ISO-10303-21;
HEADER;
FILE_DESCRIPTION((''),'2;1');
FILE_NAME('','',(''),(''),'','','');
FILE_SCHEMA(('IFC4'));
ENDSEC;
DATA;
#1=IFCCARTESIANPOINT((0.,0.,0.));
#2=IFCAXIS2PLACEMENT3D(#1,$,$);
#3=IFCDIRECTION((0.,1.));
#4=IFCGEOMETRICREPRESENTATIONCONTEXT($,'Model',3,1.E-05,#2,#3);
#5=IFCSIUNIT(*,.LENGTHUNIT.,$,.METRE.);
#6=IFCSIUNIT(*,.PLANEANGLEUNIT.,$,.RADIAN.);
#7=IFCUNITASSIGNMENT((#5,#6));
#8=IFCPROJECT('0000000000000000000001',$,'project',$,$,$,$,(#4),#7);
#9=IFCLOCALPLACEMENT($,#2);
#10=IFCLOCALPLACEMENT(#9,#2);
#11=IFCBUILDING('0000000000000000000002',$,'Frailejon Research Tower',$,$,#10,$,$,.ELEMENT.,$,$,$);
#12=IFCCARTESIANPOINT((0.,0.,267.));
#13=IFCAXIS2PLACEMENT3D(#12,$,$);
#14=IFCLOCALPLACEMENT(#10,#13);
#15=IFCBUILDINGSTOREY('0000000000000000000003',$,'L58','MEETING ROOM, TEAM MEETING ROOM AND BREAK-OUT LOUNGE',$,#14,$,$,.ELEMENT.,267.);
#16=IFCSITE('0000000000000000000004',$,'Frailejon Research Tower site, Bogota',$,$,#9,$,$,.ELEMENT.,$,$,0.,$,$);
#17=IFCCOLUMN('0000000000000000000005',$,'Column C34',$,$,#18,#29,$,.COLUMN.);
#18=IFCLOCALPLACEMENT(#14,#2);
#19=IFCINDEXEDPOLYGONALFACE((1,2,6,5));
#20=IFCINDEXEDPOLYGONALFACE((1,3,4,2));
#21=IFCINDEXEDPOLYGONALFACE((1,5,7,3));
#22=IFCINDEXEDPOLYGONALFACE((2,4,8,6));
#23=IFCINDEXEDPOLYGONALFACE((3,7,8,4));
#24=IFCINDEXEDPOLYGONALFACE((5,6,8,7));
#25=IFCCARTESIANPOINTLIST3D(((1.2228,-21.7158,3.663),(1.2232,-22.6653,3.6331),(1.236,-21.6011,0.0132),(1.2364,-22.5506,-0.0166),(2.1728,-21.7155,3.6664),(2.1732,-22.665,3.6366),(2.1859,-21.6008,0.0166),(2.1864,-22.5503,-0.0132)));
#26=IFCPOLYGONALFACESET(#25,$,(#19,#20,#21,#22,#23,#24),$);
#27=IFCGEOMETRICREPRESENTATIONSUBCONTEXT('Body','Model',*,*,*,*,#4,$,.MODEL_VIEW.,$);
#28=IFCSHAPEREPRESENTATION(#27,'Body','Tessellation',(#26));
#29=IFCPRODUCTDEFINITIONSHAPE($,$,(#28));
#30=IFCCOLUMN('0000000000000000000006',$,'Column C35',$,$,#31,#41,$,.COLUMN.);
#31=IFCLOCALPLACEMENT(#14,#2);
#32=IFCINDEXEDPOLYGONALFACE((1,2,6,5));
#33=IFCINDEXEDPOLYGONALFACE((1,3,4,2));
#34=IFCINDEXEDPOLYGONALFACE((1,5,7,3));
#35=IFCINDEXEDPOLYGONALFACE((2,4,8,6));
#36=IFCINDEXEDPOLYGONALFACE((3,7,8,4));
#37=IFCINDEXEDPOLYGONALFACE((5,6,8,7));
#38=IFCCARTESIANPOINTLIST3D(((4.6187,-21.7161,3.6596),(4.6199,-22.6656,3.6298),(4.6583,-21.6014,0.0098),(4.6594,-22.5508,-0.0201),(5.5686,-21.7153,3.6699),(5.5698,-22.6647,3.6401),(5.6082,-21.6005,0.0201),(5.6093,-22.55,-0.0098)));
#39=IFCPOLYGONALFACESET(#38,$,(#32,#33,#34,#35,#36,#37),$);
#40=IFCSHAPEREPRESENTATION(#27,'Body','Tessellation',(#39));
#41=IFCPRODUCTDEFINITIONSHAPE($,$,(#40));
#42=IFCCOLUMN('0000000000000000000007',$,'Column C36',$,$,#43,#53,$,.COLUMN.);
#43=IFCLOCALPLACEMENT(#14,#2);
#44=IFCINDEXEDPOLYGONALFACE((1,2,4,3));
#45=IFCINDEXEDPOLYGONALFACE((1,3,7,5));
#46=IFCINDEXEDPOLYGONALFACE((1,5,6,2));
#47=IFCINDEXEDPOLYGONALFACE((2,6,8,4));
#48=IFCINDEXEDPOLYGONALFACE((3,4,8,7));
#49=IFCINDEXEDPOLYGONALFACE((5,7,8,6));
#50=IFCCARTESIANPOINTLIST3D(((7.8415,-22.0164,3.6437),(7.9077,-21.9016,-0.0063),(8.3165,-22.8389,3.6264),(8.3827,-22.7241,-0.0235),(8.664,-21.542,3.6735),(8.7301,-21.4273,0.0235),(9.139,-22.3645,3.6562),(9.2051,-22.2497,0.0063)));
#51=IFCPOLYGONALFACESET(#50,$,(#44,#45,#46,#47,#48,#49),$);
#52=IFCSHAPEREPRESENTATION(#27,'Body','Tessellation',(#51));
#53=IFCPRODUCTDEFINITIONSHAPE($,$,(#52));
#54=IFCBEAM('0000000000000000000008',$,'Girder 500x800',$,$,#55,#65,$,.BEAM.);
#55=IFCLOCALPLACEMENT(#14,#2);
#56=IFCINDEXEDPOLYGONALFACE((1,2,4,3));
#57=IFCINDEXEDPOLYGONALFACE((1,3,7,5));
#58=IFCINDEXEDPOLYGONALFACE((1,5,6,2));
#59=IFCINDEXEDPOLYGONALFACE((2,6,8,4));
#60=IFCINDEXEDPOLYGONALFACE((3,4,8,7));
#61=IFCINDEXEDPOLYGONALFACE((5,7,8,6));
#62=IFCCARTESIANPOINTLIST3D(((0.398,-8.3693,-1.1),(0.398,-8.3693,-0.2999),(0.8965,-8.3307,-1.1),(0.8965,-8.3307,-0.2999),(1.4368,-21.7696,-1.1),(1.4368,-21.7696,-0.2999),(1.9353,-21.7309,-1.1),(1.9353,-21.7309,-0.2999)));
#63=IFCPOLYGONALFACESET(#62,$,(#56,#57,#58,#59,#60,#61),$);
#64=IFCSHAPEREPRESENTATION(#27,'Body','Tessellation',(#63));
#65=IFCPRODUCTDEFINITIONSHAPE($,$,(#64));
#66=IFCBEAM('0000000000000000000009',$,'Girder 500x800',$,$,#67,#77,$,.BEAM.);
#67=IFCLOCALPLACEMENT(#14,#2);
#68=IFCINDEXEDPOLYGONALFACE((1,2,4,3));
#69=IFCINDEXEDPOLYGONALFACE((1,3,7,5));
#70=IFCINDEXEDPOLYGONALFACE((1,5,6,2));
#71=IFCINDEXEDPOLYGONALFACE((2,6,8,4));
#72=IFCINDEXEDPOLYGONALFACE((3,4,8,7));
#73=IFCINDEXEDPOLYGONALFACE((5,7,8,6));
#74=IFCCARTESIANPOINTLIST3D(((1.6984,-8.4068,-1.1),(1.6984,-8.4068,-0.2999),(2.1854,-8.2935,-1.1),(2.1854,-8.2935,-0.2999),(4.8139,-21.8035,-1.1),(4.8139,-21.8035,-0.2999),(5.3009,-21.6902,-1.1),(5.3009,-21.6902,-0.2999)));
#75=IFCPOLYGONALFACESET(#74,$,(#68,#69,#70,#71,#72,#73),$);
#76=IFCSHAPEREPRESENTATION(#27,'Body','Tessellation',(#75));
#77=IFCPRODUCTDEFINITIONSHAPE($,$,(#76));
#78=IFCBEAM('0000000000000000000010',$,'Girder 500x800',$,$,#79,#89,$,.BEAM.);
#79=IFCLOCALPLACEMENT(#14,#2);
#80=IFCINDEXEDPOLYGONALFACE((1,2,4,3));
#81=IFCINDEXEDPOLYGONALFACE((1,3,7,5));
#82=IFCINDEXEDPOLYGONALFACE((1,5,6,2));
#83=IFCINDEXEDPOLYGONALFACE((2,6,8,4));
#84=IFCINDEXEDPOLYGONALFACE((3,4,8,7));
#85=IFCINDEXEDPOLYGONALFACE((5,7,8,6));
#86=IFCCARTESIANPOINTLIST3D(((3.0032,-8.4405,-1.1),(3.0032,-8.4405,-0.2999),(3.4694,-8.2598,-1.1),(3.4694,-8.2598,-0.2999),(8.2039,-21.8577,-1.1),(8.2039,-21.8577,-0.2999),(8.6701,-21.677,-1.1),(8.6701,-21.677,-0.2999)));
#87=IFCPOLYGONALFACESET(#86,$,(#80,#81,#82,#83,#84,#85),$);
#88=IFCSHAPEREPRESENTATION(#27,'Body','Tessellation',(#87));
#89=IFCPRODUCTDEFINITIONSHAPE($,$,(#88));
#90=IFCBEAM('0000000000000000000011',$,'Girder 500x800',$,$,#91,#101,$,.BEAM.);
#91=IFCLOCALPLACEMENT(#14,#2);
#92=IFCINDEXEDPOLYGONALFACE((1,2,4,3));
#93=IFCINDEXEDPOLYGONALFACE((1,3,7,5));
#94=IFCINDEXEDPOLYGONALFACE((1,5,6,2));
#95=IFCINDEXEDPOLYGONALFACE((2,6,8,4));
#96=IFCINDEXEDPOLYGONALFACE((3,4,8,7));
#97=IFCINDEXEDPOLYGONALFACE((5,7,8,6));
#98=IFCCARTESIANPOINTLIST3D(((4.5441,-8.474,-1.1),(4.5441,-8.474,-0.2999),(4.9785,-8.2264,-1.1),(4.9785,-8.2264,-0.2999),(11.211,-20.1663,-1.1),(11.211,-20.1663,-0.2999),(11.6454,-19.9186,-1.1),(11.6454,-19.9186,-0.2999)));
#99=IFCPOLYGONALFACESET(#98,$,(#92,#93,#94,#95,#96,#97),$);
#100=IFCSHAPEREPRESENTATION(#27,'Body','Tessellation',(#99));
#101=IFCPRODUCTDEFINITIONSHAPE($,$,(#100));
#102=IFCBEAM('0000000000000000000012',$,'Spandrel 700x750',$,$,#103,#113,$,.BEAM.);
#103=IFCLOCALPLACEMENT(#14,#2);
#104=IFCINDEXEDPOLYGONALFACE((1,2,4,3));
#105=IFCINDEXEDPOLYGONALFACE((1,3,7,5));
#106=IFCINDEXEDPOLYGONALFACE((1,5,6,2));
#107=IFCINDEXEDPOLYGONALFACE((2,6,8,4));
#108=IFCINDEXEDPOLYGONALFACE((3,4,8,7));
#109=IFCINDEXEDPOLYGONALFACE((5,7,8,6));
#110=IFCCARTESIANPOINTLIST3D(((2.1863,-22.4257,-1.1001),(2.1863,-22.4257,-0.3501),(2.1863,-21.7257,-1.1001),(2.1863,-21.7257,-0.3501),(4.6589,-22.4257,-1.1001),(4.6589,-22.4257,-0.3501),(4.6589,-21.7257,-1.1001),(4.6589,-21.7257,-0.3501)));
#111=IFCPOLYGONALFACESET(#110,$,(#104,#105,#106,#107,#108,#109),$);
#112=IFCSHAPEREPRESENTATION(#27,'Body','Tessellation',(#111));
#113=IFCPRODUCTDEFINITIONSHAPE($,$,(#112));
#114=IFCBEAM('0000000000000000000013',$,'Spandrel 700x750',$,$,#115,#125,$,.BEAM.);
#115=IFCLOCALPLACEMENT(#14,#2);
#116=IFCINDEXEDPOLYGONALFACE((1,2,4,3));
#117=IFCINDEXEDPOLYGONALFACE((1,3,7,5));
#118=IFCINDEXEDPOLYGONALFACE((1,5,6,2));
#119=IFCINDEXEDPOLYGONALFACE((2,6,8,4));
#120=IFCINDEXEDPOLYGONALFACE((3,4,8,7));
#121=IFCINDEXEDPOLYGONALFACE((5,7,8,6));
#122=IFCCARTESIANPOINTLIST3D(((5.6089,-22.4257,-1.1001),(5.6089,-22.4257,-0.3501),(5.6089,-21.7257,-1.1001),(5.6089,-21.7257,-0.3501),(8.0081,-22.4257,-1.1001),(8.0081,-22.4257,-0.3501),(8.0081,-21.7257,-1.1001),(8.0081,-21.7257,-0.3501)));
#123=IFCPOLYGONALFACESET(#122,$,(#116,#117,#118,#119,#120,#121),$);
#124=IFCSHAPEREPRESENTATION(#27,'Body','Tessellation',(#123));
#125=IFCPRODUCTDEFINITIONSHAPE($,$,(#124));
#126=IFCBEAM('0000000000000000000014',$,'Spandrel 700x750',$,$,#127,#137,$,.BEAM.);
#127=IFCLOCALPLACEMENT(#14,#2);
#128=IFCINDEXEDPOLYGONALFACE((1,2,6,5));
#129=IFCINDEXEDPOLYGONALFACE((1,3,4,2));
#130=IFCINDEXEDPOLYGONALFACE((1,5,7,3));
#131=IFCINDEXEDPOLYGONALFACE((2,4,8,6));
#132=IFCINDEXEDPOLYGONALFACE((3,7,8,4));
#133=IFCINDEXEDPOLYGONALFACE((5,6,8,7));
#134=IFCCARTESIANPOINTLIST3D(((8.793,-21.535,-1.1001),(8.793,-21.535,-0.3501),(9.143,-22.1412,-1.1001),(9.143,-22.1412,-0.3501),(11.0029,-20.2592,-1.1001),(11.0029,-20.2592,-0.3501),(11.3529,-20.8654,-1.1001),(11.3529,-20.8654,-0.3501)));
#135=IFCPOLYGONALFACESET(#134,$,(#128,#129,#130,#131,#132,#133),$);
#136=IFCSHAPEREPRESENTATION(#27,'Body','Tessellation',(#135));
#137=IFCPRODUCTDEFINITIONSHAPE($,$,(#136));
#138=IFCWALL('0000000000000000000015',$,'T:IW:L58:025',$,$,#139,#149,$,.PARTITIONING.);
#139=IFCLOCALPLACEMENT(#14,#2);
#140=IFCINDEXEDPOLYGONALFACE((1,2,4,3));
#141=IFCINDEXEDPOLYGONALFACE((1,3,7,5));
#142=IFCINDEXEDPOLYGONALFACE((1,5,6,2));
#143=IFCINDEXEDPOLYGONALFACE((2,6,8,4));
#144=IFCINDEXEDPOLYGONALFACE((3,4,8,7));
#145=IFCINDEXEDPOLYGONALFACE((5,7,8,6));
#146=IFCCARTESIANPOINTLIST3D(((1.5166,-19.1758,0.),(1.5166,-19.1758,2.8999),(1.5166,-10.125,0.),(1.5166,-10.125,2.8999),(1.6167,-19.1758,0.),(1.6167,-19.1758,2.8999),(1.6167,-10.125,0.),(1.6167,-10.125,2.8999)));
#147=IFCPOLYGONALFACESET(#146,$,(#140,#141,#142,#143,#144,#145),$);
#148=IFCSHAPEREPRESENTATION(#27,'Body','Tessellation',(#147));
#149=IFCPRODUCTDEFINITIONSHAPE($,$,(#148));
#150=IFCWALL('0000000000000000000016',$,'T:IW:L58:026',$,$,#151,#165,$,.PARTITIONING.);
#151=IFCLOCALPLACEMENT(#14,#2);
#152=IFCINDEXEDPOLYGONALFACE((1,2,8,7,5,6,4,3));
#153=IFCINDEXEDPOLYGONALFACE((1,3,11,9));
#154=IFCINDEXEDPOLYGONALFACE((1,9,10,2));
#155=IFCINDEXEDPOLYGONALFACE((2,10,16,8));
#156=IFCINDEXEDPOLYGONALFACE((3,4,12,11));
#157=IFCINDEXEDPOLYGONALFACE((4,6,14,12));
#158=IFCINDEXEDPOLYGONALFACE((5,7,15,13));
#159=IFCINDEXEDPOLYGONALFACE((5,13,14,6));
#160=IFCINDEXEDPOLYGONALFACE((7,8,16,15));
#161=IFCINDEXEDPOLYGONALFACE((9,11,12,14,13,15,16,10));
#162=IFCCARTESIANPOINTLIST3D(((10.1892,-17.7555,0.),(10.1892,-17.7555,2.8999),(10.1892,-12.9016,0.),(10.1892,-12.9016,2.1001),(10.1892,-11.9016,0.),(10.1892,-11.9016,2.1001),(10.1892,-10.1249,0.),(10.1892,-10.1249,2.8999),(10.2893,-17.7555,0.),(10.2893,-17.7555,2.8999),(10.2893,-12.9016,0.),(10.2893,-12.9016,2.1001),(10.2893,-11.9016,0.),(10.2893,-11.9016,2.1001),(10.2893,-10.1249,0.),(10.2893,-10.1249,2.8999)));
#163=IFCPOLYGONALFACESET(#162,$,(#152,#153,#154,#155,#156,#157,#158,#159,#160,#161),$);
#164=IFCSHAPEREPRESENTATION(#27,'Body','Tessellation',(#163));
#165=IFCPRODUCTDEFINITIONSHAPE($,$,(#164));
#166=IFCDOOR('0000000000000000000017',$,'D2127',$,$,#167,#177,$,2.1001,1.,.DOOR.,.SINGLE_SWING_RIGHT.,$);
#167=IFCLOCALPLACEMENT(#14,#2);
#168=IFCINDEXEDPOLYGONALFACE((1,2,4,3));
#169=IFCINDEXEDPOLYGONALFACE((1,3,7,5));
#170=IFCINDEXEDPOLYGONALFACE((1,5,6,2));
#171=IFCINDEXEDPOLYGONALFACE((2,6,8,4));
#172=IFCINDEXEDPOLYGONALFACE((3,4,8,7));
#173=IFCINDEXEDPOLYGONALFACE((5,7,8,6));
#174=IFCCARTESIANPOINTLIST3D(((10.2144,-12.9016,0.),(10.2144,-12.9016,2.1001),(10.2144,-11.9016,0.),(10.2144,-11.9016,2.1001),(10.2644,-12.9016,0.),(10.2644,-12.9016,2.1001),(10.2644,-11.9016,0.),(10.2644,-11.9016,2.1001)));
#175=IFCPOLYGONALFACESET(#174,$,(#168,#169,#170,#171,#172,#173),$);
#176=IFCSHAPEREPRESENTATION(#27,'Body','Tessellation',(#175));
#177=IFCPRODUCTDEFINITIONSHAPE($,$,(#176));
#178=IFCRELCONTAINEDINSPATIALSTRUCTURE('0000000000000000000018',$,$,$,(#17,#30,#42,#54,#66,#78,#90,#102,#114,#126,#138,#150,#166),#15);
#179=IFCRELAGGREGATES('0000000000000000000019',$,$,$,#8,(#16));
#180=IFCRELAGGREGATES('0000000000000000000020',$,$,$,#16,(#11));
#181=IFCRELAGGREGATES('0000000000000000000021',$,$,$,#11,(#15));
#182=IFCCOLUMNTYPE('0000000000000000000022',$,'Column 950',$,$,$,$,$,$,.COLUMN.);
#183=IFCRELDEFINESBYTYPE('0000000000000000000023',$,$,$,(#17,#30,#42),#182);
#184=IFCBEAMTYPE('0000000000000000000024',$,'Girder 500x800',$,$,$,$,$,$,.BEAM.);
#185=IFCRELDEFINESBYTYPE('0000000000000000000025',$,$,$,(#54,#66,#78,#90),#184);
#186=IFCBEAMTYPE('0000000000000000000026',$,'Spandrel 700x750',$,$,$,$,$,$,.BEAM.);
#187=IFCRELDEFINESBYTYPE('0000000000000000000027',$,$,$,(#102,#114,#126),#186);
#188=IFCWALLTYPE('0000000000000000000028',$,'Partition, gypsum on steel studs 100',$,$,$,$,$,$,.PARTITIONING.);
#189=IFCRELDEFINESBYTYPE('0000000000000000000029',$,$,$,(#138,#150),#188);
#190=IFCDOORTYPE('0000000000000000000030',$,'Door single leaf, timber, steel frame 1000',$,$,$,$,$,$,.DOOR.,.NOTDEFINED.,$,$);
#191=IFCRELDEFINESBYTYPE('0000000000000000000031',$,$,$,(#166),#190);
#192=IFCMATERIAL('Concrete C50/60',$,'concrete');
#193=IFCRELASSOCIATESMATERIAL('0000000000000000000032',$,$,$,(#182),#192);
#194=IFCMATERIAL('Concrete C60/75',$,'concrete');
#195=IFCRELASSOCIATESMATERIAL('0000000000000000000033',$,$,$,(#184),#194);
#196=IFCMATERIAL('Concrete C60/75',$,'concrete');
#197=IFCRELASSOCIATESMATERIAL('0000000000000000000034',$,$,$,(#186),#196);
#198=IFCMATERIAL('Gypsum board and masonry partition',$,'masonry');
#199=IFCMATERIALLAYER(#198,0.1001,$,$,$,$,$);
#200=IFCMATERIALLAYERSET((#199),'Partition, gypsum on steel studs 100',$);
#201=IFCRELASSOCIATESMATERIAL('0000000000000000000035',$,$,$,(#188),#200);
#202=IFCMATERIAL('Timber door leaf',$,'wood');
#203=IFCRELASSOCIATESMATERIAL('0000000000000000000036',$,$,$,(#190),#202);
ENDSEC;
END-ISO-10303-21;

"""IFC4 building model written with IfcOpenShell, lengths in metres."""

from ifc_helpers import new_model, si_unit, direction, frame, frame_2d, origin, origin_2d, place, context, subcontext, project, spatial, rectangle, extrude, material, layer, layer_set, material_profile, profile_set, type_object, element, fill, save


model = new_model("IFC4")

# Units and contexts
model_context = context("Model", 3, precision=1e-05, world=origin(), true_north=direction((0.0, 1.0)))
body_context = subcontext(model_context, "Body", "Model", "MODEL_VIEW")
ifc_project = project(units=[si_unit("LENGTHUNIT", "METRE"), si_unit("PLANEANGLEUNIT", "RADIAN")], contexts=[model_context])

# Site, building, storey
site_placement = place(None, origin())
site = spatial("IfcSite", under=ifc_project, at=site_placement, Name="Frailejon Research Tower site, Bogota", CompositionType="ELEMENT", RefElevation=0.0)
building_placement = place(site_placement, origin())
building = spatial("IfcBuilding", under=site, at=building_placement, Name="Frailejon Research Tower", CompositionType="ELEMENT")
storey_placement = place(building_placement, frame((0.0, 0.0, 267.0)))
storey = spatial("IfcBuildingStorey", under=building, at=storey_placement, Name="L58", Description="MEETING ROOM, TEAM MEETING ROOM AND BREAK-OUT LOUNGE", CompositionType="ELEMENT", Elevation=267.0)

# Columns
ifc_material_1 = material(Name="Concrete C50/60", Category="concrete")
ifc_material_profile_1 = material_profile(ifc_material_1, rectangle(XDim=0.95, YDim=0.95, at=origin_2d()), Name="Column 950")
ifc_profile_set_1 = profile_set([ifc_material_profile_1], Name="Concrete C50/60")
column_type = type_object("IfcColumnType", Name="Column 950", PredefinedType="COLUMN", material=ifc_profile_set_1)
column_1_placement = place(storey_placement, frame((1.7112, -22.0757, 0.0), z_axis=(-0.00361, -0.031422, 0.9995), x_axis=(0.999993, 0.000341, 0.003623)))
element("IfcColumn", 1, at=column_1_placement, inside=storey, type_object=column_type, Name="Column C34", PredefinedType="COLUMN", context=body_context, shape_type="SweptSolid", body=[
    extrude(rectangle(XDim=0.95, YDim=0.95, at=origin_2d()), origin(), (0.0, 0.0, 1.0), 3.6516),
])
column_2_placement = place(storey_placement, frame((5.1338, -22.0757, 0.0), z_axis=(-0.01083, -0.031421, 0.999448), x_axis=(0.999941, 0.000892, 0.010864)))
element("IfcColumn", 2, at=column_2_placement, inside=storey, type_object=column_type, Name="Column C35", PredefinedType="COLUMN", context=body_context, shape_type="SweptSolid", body=[
    extrude(rectangle(XDim=0.95, YDim=0.95, at=origin_2d()), origin(), (0.0, 0.0, 1.0), 3.6519),
])
column_3_placement = place(storey_placement, frame((8.5564, -22.0757, 0.0), z_axis=(-0.018115, -0.031417, 0.999342), x_axis=(0.865818, 0.499373, 0.031394)))
element("IfcColumn", 3, at=column_3_placement, inside=storey, type_object=column_type, Name="Column C36", PredefinedType="COLUMN", context=body_context, shape_type="SweptSolid", body=[
    extrude(rectangle(XDim=0.95, YDim=0.95, at=origin_2d()), origin(), (0.0, 0.0, 1.0), 3.6523),
])

# Beams
ifc_material_2 = material(Name="Concrete C60/75", Category="concrete")
ifc_material_profile_2 = material_profile(ifc_material_2, rectangle(XDim=0.5, YDim=0.8, at=origin_2d()), Name="Girder 500x800")
ifc_profile_set_2 = profile_set([ifc_material_profile_2], Name="Concrete C60/75")
beam_type_1 = type_object("IfcBeamType", Name="Girder 500x800", PredefinedType="BEAM", material=ifc_profile_set_2)
beam_1_placement = place(storey_placement, frame((1.686, -21.7502, -0.7), z_axis=(-0.077291, 0.997009, 0.0), x_axis=(-0.997009, -0.077291, 0.0)))
element("IfcBeam", 4, at=beam_1_placement, inside=storey, type_object=beam_type_1, Name="Girder 500x800", PredefinedType="BEAM", context=body_context, shape_type="SweptSolid", body=[
    extrude(rectangle(XDim=0.5, YDim=0.8, at=origin_2d()), origin(), (0.0, 0.0, 1.0), 13.4404),
])
beam_2_placement = place(storey_placement, frame((5.0574, -21.7468, -0.7), z_axis=(-0.226511, 0.974009, 0.0), x_axis=(-0.974009, -0.226511, 0.0)))
element("IfcBeam", 5, at=beam_2_placement, inside=storey, type_object=beam_type_1, Name="Girder 500x800", PredefinedType="BEAM", context=body_context, shape_type="SweptSolid", body=[
    extrude(rectangle(XDim=0.5, YDim=0.8, at=origin_2d()), origin(), (0.0, 0.0, 1.0), 13.7542),
])
beam_3_placement = place(storey_placement, frame((8.437, -21.7673, -0.7), z_axis=(-0.361412, 0.932406, 0.0), x_axis=(-0.932406, -0.361412, 0.0)))
element("IfcBeam", 6, at=beam_3_placement, inside=storey, type_object=beam_type_1, Name="Girder 500x800", PredefinedType="BEAM", context=body_context, shape_type="SweptSolid", body=[
    extrude(rectangle(XDim=0.5, YDim=0.8, at=origin_2d()), origin(), (0.0, 0.0, 1.0), 14.3899),
])
beam_4_placement = place(storey_placement, frame((11.4282, -20.0425, -0.7), z_axis=(-0.495334, 0.868703, 0.0), x_axis=(-0.868703, -0.495334, 0.0)))
element("IfcBeam", 7, at=beam_4_placement, inside=storey, type_object=beam_type_1, Name="Girder 500x800", PredefinedType="BEAM", context=body_context, shape_type="SweptSolid", body=[
    extrude(rectangle(XDim=0.5, YDim=0.8, at=origin_2d()), origin(), (0.0, 0.0, 1.0), 13.4595),
])
ifc_material_3 = material(Name="Concrete C60/75", Category="concrete")
ifc_material_profile_3 = material_profile(ifc_material_3, rectangle(XDim=0.7, YDim=0.75, at=origin_2d()), Name="Spandrel 700x750")
ifc_profile_set_3 = profile_set([ifc_material_profile_3], Name="Concrete C60/75")
beam_type_2 = type_object("IfcBeamType", Name="Spandrel 700x750", PredefinedType="BEAM", material=ifc_profile_set_3)
beam_5_placement = place(storey_placement, frame((2.1863, -22.0757, -0.7251), z_axis=(1.0, 0.0, 0.0), x_axis=(0.0, 1.0, 0.0)))
element("IfcBeam", 8, at=beam_5_placement, inside=storey, type_object=beam_type_2, Name="Spandrel 700x750", PredefinedType="BEAM", context=body_context, shape_type="SweptSolid", body=[
    extrude(rectangle(XDim=0.7, YDim=0.75, at=origin_2d()), origin(), (0.0, 0.0, 1.0), 2.4727),
])
beam_6_placement = place(storey_placement, frame((5.6089, -22.0757, -0.7251), z_axis=(1.0, 0.0, 0.0), x_axis=(0.0, 1.0, 0.0)))
element("IfcBeam", 9, at=beam_6_placement, inside=storey, type_object=beam_type_2, Name="Spandrel 700x750", PredefinedType="BEAM", context=body_context, shape_type="SweptSolid", body=[
    extrude(rectangle(XDim=0.7, YDim=0.75, at=origin_2d()), origin(), (0.0, 0.0, 1.0), 2.3992),
])
beam_7_placement = place(storey_placement, frame((8.968, -21.8381, -0.7251), z_axis=(0.866033, 0.499987, 0.0), x_axis=(-0.499987, 0.866033, 0.0)))
element("IfcBeam", 10, at=beam_7_placement, inside=storey, type_object=beam_type_2, Name="Spandrel 700x750", PredefinedType="BEAM", context=body_context, shape_type="SweptSolid", body=[
    extrude(rectangle(XDim=0.7, YDim=0.75, at=origin_2d()), origin(), (0.0, 0.0, 1.0), 2.5518),
])

# Wall
ifc_material_4 = material(Name="Gypsum board and masonry partition", Category="masonry")
ifc_layer_1 = layer(ifc_material_4, 0.1001)
ifc_layer_set_1 = layer_set([ifc_layer_1], Name="Partition, gypsum on steel studs 100")
wall_type_1 = type_object("IfcWallType", Name="Partition, gypsum on steel studs 100", PredefinedType="PARTITIONING", material=ifc_layer_set_1)
wall_1_placement = place(storey_placement, frame((1.5667, -19.1758, 0.0), z_axis=(0.0, 0.0, 1.0), x_axis=(0.0, 1.0, 0.0)))
element("IfcWall", 11, at=wall_1_placement, inside=storey, type_object=wall_type_1, Name="T:IW:L58:025", PredefinedType="PARTITIONING", context=body_context, shape_type="SweptSolid", body=[
    extrude(rectangle(XDim=9.0508, YDim=0.1001, at=frame_2d((4.5254, 0.0))), origin(), (0.0, 0.0, 1.0), 2.8999),
])

# Wall, opening, door
wall_2_placement = place(storey_placement, frame((10.2393, -17.7556, 0.0), z_axis=(0.0, 0.0, 1.0), x_axis=(0.0, 1.0, 0.0)))
wall_2 = element("IfcWall", 12, at=wall_2_placement, inside=storey, type_object=wall_type_1, Name="T:IW:L58:026", PredefinedType="PARTITIONING", context=body_context, shape_type="SweptSolid", body=[
    extrude(rectangle(XDim=7.6306, YDim=0.1001, at=frame_2d((3.8154, 0.0))), origin(), (0.0, 0.0, 1.0), 2.8999),
])
opening_1_placement = place(wall_2_placement, frame((4.854, 0.0, 0.0)))
opening_1 = element("IfcOpeningElement", 13, at=opening_1_placement, cuts=wall_2, PredefinedType="OPENING", context=body_context, shape_type="SweptSolid", body=[
    extrude(rectangle(XDim=1.0, YDim=2.1001, at=frame_2d((0.5, 1.05))), frame((0.0, 0.0601, 0.0), z_axis=(0.0, -1.0, 0.0), x_axis=(1.0, 0.0, 0.0)), (0.0, 0.0, 1.0), 0.1201),
])
ifc_material_5 = material(Name="Timber door leaf", Category="wood")
door_type = type_object("IfcDoorType", Name="Door single leaf, timber, steel frame 1000", OperationType="NOTDEFINED", PredefinedType="DOOR", material=ifc_material_5)
door_placement = place(opening_1_placement, origin())
door = element("IfcDoor", 14, at=door_placement, inside=storey, type_object=door_type, Name="D2127", OperationType="SINGLE_SWING_RIGHT", OverallHeight=2.1001, OverallWidth=1.0, PredefinedType="DOOR", context=body_context, shape_type="SweptSolid", body=[
    extrude(rectangle(XDim=1.0, YDim=2.1001, at=frame_2d((0.5, 1.05))), frame((0.0, 0.0249, 0.0), z_axis=(0.0, -1.0, 0.0), x_axis=(1.0, 0.0, 0.0)), (0.0, 0.0, 1.0), 0.05),
])
fill(opening_1, door)

save(model, "model.ifc")
